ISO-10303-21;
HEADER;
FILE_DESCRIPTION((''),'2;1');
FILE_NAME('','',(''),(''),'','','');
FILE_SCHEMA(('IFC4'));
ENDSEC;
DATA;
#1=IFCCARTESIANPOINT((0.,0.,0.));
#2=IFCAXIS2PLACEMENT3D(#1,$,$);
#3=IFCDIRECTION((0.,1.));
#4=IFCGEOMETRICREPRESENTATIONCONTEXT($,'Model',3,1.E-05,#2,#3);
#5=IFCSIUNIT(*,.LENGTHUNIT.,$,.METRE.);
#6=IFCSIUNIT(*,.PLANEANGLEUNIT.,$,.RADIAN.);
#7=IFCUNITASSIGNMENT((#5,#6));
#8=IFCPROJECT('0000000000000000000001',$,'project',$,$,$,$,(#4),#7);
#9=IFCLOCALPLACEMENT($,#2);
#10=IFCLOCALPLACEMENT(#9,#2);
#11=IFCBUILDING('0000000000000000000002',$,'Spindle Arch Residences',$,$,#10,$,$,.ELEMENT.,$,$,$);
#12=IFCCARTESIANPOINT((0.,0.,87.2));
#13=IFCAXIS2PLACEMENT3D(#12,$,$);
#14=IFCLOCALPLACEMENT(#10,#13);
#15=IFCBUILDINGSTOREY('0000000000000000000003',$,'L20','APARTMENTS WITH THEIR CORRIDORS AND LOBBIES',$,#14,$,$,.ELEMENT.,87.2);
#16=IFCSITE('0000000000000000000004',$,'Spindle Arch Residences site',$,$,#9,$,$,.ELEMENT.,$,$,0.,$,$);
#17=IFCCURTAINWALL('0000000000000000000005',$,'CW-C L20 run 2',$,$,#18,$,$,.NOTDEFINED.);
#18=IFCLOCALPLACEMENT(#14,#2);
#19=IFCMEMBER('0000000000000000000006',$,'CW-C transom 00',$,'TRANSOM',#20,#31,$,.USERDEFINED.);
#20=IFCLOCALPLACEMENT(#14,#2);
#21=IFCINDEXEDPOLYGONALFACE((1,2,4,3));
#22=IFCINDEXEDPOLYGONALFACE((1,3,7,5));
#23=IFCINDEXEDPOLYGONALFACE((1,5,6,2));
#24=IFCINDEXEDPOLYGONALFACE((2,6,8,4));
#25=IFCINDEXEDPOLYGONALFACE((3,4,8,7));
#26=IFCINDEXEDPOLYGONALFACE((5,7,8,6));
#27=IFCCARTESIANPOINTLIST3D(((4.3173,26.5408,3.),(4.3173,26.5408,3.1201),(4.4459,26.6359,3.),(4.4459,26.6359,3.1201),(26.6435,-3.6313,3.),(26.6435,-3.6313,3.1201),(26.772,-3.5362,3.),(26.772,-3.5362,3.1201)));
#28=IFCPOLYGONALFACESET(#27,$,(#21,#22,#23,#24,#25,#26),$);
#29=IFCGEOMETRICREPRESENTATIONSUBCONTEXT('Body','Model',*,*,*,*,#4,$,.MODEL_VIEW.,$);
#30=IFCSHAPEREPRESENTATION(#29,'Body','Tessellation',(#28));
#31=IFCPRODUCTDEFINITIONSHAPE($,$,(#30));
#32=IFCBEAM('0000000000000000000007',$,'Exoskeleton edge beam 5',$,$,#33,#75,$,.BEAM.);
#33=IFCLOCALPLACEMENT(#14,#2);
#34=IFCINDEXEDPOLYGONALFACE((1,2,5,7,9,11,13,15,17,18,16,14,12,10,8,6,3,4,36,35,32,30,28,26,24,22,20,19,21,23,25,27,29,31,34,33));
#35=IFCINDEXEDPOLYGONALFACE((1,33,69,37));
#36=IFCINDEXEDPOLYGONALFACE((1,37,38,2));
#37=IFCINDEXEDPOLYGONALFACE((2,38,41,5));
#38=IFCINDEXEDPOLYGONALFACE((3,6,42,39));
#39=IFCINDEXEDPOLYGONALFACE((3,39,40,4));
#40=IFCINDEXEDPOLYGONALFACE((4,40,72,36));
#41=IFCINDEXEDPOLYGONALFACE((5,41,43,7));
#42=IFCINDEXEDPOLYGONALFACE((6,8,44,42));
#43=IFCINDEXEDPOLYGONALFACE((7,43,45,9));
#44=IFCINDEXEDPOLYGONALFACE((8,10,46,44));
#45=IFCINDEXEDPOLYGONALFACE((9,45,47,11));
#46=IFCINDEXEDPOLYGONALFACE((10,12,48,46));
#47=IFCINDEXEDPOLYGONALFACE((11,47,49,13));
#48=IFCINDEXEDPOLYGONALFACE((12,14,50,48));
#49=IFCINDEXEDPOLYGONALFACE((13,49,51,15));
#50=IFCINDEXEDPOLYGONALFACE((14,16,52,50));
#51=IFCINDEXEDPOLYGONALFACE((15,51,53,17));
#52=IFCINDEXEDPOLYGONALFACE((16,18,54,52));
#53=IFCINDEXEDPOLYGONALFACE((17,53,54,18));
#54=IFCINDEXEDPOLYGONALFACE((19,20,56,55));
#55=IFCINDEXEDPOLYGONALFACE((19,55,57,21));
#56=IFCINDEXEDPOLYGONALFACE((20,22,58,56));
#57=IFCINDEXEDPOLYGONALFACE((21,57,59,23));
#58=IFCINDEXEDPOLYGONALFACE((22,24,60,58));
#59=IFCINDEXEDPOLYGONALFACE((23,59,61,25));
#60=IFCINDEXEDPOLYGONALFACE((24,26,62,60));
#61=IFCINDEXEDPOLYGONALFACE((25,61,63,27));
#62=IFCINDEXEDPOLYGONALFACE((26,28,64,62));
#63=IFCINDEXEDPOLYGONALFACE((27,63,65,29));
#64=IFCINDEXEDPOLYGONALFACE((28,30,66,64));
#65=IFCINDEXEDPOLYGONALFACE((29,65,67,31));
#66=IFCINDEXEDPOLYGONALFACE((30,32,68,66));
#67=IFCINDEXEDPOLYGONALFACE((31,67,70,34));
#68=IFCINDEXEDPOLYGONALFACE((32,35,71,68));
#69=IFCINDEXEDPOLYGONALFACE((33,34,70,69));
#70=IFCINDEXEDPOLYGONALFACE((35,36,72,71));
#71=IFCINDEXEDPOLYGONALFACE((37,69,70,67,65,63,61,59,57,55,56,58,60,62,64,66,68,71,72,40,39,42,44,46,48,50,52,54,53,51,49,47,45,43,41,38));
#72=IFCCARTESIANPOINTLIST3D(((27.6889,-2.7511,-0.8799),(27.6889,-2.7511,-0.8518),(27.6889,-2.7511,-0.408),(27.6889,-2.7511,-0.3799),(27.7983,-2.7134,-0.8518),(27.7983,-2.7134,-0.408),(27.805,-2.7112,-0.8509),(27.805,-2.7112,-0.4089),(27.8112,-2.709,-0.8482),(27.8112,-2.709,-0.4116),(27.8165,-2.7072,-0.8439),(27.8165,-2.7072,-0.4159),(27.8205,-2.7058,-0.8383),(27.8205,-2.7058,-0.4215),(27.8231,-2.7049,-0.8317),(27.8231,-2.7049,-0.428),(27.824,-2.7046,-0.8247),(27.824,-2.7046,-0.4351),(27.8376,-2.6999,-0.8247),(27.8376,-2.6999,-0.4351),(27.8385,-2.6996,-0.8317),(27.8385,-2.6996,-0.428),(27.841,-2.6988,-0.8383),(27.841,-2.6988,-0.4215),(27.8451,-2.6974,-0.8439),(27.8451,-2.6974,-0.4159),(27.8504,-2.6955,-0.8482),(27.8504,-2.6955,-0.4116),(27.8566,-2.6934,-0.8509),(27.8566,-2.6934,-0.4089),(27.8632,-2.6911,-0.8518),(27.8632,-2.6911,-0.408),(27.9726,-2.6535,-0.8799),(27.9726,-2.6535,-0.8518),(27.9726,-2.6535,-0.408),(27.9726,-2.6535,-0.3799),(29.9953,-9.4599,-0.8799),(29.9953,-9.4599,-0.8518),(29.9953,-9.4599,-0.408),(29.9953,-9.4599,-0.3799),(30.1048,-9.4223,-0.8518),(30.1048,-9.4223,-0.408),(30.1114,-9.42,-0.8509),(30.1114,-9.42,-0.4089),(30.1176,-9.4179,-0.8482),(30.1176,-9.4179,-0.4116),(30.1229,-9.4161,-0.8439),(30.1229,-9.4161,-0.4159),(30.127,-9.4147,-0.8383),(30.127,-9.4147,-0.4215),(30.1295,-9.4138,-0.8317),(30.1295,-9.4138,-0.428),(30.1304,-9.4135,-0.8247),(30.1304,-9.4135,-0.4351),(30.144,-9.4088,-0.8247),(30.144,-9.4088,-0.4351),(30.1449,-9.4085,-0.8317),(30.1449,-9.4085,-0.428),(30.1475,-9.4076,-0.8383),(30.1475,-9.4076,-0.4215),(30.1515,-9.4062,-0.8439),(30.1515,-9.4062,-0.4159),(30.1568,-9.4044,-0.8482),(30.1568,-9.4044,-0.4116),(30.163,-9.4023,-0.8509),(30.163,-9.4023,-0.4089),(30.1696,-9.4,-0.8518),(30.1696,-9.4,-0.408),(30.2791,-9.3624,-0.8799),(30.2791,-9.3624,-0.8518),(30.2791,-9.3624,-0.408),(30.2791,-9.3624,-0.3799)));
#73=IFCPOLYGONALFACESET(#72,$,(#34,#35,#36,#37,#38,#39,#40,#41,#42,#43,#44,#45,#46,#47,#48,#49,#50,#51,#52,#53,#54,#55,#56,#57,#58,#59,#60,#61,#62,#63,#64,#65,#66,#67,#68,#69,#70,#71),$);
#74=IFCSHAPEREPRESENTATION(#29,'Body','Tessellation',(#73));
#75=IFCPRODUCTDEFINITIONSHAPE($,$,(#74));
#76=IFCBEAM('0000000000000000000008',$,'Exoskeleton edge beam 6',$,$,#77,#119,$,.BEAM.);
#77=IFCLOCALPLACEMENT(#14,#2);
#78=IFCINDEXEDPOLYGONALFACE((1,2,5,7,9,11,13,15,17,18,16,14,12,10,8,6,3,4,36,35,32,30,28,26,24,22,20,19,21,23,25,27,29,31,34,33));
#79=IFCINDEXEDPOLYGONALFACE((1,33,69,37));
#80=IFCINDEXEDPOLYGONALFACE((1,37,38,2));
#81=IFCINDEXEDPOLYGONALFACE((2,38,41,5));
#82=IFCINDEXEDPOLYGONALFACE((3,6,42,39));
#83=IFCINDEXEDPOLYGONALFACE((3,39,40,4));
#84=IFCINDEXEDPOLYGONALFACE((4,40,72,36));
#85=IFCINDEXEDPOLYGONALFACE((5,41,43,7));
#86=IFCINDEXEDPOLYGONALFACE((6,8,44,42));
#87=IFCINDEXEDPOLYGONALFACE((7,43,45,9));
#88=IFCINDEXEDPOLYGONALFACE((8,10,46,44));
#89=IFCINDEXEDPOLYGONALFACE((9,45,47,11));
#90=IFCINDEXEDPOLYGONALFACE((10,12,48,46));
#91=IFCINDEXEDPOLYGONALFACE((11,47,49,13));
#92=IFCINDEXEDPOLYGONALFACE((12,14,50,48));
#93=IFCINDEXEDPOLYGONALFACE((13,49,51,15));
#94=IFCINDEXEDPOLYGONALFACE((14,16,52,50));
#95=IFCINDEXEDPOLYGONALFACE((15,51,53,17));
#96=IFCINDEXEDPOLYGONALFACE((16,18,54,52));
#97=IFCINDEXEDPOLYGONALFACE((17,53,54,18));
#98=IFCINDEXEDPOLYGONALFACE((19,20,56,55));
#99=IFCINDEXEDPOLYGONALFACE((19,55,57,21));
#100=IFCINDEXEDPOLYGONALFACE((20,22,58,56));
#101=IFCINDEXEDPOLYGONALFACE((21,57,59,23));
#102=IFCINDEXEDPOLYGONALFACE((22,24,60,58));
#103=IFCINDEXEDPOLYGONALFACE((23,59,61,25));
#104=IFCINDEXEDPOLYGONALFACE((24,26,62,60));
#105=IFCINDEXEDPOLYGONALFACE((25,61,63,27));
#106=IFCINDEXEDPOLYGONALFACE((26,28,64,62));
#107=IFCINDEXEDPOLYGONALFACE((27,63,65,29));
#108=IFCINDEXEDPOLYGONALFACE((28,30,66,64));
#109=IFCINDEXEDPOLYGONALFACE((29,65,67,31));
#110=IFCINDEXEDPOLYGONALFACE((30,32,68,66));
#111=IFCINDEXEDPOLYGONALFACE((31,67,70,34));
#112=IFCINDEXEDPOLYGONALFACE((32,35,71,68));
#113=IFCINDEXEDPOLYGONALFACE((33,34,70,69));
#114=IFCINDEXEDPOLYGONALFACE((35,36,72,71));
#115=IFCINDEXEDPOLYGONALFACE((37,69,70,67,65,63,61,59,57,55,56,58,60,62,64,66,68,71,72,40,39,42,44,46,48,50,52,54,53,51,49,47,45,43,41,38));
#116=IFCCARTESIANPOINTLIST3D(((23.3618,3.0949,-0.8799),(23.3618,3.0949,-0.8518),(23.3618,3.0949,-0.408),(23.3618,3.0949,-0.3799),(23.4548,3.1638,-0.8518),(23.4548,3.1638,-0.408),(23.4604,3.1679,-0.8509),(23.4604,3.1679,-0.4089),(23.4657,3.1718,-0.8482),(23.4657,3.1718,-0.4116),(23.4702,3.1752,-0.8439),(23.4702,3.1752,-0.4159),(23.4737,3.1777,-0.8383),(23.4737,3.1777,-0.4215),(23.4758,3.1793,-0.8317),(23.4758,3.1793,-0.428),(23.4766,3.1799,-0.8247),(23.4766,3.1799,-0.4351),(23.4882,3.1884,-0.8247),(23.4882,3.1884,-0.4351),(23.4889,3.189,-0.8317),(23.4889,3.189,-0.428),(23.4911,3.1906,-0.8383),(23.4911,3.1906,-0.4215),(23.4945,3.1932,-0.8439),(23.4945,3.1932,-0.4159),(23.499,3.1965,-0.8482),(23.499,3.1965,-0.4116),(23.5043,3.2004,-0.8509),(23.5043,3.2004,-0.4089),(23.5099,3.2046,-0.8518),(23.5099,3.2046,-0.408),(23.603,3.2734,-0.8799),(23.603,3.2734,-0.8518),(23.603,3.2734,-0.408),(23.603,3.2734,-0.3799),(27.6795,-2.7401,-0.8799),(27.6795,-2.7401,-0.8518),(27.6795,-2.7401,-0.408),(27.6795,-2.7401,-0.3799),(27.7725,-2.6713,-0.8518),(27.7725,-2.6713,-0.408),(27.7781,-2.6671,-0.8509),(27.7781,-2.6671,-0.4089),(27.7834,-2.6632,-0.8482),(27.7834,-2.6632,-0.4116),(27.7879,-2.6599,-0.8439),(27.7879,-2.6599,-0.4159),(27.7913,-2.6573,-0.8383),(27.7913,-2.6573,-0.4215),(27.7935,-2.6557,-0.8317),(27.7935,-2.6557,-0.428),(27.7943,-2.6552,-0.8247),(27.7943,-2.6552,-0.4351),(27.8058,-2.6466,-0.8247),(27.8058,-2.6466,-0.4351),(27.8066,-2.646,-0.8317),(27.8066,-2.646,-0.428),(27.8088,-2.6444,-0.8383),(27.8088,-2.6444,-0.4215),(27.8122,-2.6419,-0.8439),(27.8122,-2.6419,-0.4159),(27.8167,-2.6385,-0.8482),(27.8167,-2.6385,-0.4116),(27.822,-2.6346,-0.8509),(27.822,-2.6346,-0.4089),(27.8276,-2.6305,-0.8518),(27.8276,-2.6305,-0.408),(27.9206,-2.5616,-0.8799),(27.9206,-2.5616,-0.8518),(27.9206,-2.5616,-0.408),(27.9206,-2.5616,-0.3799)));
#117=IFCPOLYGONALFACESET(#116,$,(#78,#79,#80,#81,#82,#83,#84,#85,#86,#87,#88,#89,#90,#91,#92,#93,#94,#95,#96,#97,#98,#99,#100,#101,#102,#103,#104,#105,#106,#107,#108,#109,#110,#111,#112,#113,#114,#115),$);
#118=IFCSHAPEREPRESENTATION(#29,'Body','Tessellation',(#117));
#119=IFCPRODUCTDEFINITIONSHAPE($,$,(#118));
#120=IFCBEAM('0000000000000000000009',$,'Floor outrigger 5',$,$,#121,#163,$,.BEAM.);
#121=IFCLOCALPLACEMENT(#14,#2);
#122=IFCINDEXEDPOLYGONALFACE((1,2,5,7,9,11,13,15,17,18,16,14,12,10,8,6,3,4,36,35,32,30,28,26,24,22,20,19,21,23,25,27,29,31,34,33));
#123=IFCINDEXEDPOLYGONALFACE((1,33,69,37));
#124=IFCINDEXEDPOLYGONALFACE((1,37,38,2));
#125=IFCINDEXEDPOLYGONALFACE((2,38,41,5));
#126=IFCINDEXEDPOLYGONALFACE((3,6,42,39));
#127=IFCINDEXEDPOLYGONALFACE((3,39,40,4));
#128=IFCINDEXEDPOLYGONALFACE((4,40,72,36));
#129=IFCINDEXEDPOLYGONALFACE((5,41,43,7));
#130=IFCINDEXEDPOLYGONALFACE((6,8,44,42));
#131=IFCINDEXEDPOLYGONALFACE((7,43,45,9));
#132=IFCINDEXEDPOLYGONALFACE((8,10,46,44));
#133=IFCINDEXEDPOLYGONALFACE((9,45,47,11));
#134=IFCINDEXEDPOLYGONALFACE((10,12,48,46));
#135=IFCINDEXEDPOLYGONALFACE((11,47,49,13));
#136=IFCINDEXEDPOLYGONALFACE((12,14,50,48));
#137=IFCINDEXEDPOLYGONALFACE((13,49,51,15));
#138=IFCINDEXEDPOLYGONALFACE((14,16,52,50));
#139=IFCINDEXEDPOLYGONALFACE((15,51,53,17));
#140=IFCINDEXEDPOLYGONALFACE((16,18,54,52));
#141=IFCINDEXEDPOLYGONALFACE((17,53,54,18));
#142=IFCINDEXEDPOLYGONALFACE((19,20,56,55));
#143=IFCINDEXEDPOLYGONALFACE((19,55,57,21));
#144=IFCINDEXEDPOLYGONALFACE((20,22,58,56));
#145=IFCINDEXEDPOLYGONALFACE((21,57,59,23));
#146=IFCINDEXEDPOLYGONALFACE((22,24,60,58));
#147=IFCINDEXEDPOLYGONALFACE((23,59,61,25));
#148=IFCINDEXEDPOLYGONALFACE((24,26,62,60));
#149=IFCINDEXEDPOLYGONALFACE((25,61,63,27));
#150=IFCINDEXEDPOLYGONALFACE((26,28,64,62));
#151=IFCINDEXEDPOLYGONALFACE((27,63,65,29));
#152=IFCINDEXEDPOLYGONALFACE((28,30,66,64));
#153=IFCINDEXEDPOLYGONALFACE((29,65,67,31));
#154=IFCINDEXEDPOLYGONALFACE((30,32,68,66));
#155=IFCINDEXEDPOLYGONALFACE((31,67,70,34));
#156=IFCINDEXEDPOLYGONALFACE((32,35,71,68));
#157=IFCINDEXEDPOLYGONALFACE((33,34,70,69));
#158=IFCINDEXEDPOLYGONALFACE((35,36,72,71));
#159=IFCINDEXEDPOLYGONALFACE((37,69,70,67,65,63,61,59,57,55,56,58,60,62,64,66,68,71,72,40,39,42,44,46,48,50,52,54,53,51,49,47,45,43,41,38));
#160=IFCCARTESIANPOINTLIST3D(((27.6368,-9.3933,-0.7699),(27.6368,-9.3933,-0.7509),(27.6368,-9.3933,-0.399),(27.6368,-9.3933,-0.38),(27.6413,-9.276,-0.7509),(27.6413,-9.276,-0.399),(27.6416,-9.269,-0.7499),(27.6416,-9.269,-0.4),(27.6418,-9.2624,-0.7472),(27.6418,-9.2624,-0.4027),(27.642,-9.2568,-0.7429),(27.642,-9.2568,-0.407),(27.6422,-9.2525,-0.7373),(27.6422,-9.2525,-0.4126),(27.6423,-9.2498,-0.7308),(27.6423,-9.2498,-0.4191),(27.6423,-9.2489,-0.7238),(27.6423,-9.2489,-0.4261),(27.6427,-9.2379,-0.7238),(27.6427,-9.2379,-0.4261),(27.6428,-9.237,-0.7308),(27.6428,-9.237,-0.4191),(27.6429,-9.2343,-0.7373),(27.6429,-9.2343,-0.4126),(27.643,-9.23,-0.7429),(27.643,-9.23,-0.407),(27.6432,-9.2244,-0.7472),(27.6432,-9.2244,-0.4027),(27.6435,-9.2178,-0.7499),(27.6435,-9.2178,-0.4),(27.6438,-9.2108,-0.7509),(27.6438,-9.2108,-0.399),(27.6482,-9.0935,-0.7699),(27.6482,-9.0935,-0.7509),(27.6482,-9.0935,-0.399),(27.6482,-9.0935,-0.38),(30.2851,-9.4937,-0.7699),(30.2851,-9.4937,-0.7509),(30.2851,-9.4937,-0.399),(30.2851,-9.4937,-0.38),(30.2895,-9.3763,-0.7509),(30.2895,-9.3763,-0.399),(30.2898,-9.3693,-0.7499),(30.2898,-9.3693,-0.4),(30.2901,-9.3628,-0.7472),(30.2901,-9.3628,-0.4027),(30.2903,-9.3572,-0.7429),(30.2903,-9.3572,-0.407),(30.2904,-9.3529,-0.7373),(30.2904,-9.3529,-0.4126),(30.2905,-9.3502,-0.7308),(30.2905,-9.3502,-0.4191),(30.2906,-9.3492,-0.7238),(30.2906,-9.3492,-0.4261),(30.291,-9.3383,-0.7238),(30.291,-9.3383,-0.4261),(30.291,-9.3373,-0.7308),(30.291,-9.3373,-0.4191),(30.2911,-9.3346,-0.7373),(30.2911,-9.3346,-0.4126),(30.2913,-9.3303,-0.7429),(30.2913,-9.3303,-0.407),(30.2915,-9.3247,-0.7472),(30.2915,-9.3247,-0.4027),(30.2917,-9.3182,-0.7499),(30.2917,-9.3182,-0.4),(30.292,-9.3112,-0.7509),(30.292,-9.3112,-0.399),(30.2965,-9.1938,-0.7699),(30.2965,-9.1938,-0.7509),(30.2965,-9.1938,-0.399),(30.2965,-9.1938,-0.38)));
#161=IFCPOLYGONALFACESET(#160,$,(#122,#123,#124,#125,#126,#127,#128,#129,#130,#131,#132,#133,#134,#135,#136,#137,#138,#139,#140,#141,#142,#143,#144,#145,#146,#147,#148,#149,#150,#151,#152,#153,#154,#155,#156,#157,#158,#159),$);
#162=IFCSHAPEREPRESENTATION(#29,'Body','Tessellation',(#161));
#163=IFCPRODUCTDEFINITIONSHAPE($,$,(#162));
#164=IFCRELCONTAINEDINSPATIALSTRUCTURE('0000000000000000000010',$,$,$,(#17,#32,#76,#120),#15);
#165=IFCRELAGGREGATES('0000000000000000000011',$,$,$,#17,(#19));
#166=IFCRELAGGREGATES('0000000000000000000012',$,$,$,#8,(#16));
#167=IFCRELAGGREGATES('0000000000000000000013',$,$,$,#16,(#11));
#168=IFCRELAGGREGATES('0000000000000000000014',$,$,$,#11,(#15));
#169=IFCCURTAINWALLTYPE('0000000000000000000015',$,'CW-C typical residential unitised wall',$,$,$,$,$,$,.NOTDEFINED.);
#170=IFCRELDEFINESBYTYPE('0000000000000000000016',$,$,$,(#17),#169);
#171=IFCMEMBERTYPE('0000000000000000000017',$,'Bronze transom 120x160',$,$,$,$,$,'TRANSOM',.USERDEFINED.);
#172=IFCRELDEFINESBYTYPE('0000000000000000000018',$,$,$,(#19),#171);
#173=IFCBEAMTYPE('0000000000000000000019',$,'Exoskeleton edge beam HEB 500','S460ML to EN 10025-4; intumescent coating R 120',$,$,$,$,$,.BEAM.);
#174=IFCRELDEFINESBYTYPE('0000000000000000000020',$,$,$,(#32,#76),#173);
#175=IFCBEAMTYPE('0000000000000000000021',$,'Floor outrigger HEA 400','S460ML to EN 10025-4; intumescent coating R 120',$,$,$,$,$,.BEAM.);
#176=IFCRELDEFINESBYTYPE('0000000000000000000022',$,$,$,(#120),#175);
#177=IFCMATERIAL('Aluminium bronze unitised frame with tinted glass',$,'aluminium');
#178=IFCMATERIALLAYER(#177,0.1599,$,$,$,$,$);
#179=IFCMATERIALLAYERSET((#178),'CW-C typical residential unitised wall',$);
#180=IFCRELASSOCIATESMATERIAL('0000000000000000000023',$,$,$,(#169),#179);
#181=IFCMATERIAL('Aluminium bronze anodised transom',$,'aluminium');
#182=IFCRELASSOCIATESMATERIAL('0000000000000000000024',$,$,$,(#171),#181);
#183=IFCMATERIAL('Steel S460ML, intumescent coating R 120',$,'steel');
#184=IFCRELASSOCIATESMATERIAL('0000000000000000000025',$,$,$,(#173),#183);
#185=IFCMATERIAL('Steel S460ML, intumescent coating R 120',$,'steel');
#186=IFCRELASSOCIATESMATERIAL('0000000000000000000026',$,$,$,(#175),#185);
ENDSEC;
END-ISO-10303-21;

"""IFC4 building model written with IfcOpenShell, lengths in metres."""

from ifc_helpers import new_model, si_unit, direction, frame, origin, origin_2d, place, context, subcontext, project, spatial, rectangle, i_section, extrude, material, layer, layer_set, material_profile, profile_set, type_object, element, aggregate, save


model = new_model("IFC4")

# Units and contexts
model_context = context("Model", 3, precision=1e-05, world=origin(), true_north=direction((0.0, 1.0)))
body_context = subcontext(model_context, "Body", "Model", "MODEL_VIEW")
ifc_project = project(units=[si_unit("LENGTHUNIT", "METRE"), si_unit("PLANEANGLEUNIT", "RADIAN")], contexts=[model_context])

# Site, building, storey
site_placement = place(None, origin())
site = spatial("IfcSite", under=ifc_project, at=site_placement, Name="Spindle Arch Residences site", CompositionType="ELEMENT", RefElevation=0.0)
building_placement = place(site_placement, origin())
building = spatial("IfcBuilding", under=site, at=building_placement, Name="Spindle Arch Residences", CompositionType="ELEMENT")
storey_placement = place(building_placement, frame((0.0, 0.0, 87.2)))
storey = spatial("IfcBuildingStorey", under=building, at=storey_placement, Name="L20", Description="APARTMENTS WITH THEIR CORRIDORS AND LOBBIES", CompositionType="ELEMENT", Elevation=87.2)

# Curtain wall
ifc_material_1 = material(Name="Aluminium bronze unitised frame with tinted glass", Category="aluminium")
ifc_layer_1 = layer(ifc_material_1, 0.1599)
ifc_layer_set_1 = layer_set([ifc_layer_1], Name="CW-C typical residential unitised wall")
curtain_wall_type_1 = type_object("IfcCurtainWallType", Name="CW-C typical residential unitised wall", PredefinedType="NOTDEFINED", material=ifc_layer_set_1)
curtain_wall_1_placement = place(storey_placement, origin())
curtain_wall_1 = element("IfcCurtainWall", 1, at=curtain_wall_1_placement, inside=storey, type_object=curtain_wall_type_1, Name="CW-C L20 run 2", PredefinedType="NOTDEFINED")

# Member
ifc_material_2 = material(Name="Aluminium bronze anodised transom", Category="aluminium")
ifc_material_profile_1 = material_profile(ifc_material_2, rectangle(XDim=0.1599, YDim=0.1201, at=origin_2d()), Name="TR 120x160")
ifc_profile_set_1 = profile_set([ifc_material_profile_1], Name="Aluminium bronze anodised transom")
member_type_1 = type_object("IfcMemberType", Name="Bronze transom 120x160", ElementType="TRANSOM", PredefinedType="USERDEFINED", material=ifc_profile_set_1)
member_1_placement = place(storey_placement, frame((26.7078, -3.5837, 3.0601), z_axis=(-0.594822, 0.803857, 0.0), x_axis=(-0.803857, -0.594822, 0.0)))
member_1 = element("IfcMember", 2, at=member_1_placement, type_object=member_type_1, Name="CW-C transom 00", ObjectType="TRANSOM", PredefinedType="USERDEFINED", context=body_context, shape_type="SweptSolid", body=[
    extrude(rectangle(XDim=0.1599, YDim=0.1201, at=origin_2d()), origin(), (0.0, 0.0, 1.0), 37.5342),
])

# Beams
ifc_material_3 = material(Name="Steel S460ML, intumescent coating R 120", Category="steel")
ifc_material_profile_2 = material_profile(ifc_material_3, i_section(OverallWidth=0.3, OverallDepth=0.5, WebThickness=0.0144, FlangeThickness=0.0281, FilletRadius=0.0271, at=origin_2d()), Name="HEB 500")
ifc_profile_set_2 = profile_set([ifc_material_profile_2], Name="Steel S460ML, intumescent coating R 120")
beam_type_1 = type_object("IfcBeamType", Name="Exoskeleton edge beam HEB 500", Description="S460ML to EN 10025-4; intumescent coating R 120", PredefinedType="BEAM", material=ifc_profile_set_2)
beam_1_placement = place(storey_placement, frame((30.1372, -9.4111, -0.6299), z_axis=(-0.325113, 0.945675, 0.0), x_axis=(-0.945675, -0.325113, 0.0)))
element("IfcBeam", 3, at=beam_1_placement, inside=storey, type_object=beam_type_1, Name="Exoskeleton edge beam 5", PredefinedType="BEAM", context=body_context, shape_type="SweptSolid", body=[
    extrude(i_section(OverallWidth=0.3, OverallDepth=0.5, WebThickness=0.0144, FlangeThickness=0.0281, FilletRadius=0.0271, at=origin_2d()), origin(), (0.0, 0.0, 1.0), 7.0942),
])
beam_2_placement = place(storey_placement, frame((27.8, -2.6509, -0.6299), z_axis=(-0.594821, 0.803858, 0.0), x_axis=(-0.803858, -0.594821, 0.0)))
element("IfcBeam", 4, at=beam_2_placement, inside=storey, type_object=beam_type_1, Name="Exoskeleton edge beam 6", PredefinedType="BEAM", context=body_context, shape_type="SweptSolid", body=[
    extrude(i_section(OverallWidth=0.3, OverallDepth=0.5, WebThickness=0.0144, FlangeThickness=0.0281, FilletRadius=0.0271, at=origin_2d()), origin(), (0.0, 0.0, 1.0), 7.2588),
])
ifc_material_4 = material(Name="Steel S460ML, intumescent coating R 120", Category="steel")
ifc_material_profile_3 = material_profile(ifc_material_4, i_section(OverallWidth=0.3, OverallDepth=0.3899, WebThickness=0.011, FlangeThickness=0.019, FilletRadius=0.0271, at=origin_2d()), Name="HEA 400")
ifc_profile_set_3 = profile_set([ifc_material_profile_3], Name="Steel S460ML, intumescent coating R 120")
beam_type_2 = type_object("IfcBeamType", Name="Floor outrigger HEA 400", Description="S460ML to EN 10025-4; intumescent coating R 120", PredefinedType="BEAM", material=ifc_profile_set_3)
beam_3_placement = place(storey_placement, frame((30.2908, -9.3438, -0.575), z_axis=(-0.999283, 0.037863, 0.0), x_axis=(-0.037863, -0.999283, 0.0)))
element("IfcBeam", 5, at=beam_3_placement, inside=storey, type_object=beam_type_2, Name="Floor outrigger 5", PredefinedType="BEAM", context=body_context, shape_type="SweptSolid", body=[
    extrude(i_section(OverallWidth=0.3, OverallDepth=0.3899, WebThickness=0.011, FlangeThickness=0.019, FilletRadius=0.0271, at=origin_2d()), origin(), (0.0, 0.0, 1.0), 2.6501),
])

aggregate(curtain_wall_1, [member_1])

save(model, "model.ifc")
